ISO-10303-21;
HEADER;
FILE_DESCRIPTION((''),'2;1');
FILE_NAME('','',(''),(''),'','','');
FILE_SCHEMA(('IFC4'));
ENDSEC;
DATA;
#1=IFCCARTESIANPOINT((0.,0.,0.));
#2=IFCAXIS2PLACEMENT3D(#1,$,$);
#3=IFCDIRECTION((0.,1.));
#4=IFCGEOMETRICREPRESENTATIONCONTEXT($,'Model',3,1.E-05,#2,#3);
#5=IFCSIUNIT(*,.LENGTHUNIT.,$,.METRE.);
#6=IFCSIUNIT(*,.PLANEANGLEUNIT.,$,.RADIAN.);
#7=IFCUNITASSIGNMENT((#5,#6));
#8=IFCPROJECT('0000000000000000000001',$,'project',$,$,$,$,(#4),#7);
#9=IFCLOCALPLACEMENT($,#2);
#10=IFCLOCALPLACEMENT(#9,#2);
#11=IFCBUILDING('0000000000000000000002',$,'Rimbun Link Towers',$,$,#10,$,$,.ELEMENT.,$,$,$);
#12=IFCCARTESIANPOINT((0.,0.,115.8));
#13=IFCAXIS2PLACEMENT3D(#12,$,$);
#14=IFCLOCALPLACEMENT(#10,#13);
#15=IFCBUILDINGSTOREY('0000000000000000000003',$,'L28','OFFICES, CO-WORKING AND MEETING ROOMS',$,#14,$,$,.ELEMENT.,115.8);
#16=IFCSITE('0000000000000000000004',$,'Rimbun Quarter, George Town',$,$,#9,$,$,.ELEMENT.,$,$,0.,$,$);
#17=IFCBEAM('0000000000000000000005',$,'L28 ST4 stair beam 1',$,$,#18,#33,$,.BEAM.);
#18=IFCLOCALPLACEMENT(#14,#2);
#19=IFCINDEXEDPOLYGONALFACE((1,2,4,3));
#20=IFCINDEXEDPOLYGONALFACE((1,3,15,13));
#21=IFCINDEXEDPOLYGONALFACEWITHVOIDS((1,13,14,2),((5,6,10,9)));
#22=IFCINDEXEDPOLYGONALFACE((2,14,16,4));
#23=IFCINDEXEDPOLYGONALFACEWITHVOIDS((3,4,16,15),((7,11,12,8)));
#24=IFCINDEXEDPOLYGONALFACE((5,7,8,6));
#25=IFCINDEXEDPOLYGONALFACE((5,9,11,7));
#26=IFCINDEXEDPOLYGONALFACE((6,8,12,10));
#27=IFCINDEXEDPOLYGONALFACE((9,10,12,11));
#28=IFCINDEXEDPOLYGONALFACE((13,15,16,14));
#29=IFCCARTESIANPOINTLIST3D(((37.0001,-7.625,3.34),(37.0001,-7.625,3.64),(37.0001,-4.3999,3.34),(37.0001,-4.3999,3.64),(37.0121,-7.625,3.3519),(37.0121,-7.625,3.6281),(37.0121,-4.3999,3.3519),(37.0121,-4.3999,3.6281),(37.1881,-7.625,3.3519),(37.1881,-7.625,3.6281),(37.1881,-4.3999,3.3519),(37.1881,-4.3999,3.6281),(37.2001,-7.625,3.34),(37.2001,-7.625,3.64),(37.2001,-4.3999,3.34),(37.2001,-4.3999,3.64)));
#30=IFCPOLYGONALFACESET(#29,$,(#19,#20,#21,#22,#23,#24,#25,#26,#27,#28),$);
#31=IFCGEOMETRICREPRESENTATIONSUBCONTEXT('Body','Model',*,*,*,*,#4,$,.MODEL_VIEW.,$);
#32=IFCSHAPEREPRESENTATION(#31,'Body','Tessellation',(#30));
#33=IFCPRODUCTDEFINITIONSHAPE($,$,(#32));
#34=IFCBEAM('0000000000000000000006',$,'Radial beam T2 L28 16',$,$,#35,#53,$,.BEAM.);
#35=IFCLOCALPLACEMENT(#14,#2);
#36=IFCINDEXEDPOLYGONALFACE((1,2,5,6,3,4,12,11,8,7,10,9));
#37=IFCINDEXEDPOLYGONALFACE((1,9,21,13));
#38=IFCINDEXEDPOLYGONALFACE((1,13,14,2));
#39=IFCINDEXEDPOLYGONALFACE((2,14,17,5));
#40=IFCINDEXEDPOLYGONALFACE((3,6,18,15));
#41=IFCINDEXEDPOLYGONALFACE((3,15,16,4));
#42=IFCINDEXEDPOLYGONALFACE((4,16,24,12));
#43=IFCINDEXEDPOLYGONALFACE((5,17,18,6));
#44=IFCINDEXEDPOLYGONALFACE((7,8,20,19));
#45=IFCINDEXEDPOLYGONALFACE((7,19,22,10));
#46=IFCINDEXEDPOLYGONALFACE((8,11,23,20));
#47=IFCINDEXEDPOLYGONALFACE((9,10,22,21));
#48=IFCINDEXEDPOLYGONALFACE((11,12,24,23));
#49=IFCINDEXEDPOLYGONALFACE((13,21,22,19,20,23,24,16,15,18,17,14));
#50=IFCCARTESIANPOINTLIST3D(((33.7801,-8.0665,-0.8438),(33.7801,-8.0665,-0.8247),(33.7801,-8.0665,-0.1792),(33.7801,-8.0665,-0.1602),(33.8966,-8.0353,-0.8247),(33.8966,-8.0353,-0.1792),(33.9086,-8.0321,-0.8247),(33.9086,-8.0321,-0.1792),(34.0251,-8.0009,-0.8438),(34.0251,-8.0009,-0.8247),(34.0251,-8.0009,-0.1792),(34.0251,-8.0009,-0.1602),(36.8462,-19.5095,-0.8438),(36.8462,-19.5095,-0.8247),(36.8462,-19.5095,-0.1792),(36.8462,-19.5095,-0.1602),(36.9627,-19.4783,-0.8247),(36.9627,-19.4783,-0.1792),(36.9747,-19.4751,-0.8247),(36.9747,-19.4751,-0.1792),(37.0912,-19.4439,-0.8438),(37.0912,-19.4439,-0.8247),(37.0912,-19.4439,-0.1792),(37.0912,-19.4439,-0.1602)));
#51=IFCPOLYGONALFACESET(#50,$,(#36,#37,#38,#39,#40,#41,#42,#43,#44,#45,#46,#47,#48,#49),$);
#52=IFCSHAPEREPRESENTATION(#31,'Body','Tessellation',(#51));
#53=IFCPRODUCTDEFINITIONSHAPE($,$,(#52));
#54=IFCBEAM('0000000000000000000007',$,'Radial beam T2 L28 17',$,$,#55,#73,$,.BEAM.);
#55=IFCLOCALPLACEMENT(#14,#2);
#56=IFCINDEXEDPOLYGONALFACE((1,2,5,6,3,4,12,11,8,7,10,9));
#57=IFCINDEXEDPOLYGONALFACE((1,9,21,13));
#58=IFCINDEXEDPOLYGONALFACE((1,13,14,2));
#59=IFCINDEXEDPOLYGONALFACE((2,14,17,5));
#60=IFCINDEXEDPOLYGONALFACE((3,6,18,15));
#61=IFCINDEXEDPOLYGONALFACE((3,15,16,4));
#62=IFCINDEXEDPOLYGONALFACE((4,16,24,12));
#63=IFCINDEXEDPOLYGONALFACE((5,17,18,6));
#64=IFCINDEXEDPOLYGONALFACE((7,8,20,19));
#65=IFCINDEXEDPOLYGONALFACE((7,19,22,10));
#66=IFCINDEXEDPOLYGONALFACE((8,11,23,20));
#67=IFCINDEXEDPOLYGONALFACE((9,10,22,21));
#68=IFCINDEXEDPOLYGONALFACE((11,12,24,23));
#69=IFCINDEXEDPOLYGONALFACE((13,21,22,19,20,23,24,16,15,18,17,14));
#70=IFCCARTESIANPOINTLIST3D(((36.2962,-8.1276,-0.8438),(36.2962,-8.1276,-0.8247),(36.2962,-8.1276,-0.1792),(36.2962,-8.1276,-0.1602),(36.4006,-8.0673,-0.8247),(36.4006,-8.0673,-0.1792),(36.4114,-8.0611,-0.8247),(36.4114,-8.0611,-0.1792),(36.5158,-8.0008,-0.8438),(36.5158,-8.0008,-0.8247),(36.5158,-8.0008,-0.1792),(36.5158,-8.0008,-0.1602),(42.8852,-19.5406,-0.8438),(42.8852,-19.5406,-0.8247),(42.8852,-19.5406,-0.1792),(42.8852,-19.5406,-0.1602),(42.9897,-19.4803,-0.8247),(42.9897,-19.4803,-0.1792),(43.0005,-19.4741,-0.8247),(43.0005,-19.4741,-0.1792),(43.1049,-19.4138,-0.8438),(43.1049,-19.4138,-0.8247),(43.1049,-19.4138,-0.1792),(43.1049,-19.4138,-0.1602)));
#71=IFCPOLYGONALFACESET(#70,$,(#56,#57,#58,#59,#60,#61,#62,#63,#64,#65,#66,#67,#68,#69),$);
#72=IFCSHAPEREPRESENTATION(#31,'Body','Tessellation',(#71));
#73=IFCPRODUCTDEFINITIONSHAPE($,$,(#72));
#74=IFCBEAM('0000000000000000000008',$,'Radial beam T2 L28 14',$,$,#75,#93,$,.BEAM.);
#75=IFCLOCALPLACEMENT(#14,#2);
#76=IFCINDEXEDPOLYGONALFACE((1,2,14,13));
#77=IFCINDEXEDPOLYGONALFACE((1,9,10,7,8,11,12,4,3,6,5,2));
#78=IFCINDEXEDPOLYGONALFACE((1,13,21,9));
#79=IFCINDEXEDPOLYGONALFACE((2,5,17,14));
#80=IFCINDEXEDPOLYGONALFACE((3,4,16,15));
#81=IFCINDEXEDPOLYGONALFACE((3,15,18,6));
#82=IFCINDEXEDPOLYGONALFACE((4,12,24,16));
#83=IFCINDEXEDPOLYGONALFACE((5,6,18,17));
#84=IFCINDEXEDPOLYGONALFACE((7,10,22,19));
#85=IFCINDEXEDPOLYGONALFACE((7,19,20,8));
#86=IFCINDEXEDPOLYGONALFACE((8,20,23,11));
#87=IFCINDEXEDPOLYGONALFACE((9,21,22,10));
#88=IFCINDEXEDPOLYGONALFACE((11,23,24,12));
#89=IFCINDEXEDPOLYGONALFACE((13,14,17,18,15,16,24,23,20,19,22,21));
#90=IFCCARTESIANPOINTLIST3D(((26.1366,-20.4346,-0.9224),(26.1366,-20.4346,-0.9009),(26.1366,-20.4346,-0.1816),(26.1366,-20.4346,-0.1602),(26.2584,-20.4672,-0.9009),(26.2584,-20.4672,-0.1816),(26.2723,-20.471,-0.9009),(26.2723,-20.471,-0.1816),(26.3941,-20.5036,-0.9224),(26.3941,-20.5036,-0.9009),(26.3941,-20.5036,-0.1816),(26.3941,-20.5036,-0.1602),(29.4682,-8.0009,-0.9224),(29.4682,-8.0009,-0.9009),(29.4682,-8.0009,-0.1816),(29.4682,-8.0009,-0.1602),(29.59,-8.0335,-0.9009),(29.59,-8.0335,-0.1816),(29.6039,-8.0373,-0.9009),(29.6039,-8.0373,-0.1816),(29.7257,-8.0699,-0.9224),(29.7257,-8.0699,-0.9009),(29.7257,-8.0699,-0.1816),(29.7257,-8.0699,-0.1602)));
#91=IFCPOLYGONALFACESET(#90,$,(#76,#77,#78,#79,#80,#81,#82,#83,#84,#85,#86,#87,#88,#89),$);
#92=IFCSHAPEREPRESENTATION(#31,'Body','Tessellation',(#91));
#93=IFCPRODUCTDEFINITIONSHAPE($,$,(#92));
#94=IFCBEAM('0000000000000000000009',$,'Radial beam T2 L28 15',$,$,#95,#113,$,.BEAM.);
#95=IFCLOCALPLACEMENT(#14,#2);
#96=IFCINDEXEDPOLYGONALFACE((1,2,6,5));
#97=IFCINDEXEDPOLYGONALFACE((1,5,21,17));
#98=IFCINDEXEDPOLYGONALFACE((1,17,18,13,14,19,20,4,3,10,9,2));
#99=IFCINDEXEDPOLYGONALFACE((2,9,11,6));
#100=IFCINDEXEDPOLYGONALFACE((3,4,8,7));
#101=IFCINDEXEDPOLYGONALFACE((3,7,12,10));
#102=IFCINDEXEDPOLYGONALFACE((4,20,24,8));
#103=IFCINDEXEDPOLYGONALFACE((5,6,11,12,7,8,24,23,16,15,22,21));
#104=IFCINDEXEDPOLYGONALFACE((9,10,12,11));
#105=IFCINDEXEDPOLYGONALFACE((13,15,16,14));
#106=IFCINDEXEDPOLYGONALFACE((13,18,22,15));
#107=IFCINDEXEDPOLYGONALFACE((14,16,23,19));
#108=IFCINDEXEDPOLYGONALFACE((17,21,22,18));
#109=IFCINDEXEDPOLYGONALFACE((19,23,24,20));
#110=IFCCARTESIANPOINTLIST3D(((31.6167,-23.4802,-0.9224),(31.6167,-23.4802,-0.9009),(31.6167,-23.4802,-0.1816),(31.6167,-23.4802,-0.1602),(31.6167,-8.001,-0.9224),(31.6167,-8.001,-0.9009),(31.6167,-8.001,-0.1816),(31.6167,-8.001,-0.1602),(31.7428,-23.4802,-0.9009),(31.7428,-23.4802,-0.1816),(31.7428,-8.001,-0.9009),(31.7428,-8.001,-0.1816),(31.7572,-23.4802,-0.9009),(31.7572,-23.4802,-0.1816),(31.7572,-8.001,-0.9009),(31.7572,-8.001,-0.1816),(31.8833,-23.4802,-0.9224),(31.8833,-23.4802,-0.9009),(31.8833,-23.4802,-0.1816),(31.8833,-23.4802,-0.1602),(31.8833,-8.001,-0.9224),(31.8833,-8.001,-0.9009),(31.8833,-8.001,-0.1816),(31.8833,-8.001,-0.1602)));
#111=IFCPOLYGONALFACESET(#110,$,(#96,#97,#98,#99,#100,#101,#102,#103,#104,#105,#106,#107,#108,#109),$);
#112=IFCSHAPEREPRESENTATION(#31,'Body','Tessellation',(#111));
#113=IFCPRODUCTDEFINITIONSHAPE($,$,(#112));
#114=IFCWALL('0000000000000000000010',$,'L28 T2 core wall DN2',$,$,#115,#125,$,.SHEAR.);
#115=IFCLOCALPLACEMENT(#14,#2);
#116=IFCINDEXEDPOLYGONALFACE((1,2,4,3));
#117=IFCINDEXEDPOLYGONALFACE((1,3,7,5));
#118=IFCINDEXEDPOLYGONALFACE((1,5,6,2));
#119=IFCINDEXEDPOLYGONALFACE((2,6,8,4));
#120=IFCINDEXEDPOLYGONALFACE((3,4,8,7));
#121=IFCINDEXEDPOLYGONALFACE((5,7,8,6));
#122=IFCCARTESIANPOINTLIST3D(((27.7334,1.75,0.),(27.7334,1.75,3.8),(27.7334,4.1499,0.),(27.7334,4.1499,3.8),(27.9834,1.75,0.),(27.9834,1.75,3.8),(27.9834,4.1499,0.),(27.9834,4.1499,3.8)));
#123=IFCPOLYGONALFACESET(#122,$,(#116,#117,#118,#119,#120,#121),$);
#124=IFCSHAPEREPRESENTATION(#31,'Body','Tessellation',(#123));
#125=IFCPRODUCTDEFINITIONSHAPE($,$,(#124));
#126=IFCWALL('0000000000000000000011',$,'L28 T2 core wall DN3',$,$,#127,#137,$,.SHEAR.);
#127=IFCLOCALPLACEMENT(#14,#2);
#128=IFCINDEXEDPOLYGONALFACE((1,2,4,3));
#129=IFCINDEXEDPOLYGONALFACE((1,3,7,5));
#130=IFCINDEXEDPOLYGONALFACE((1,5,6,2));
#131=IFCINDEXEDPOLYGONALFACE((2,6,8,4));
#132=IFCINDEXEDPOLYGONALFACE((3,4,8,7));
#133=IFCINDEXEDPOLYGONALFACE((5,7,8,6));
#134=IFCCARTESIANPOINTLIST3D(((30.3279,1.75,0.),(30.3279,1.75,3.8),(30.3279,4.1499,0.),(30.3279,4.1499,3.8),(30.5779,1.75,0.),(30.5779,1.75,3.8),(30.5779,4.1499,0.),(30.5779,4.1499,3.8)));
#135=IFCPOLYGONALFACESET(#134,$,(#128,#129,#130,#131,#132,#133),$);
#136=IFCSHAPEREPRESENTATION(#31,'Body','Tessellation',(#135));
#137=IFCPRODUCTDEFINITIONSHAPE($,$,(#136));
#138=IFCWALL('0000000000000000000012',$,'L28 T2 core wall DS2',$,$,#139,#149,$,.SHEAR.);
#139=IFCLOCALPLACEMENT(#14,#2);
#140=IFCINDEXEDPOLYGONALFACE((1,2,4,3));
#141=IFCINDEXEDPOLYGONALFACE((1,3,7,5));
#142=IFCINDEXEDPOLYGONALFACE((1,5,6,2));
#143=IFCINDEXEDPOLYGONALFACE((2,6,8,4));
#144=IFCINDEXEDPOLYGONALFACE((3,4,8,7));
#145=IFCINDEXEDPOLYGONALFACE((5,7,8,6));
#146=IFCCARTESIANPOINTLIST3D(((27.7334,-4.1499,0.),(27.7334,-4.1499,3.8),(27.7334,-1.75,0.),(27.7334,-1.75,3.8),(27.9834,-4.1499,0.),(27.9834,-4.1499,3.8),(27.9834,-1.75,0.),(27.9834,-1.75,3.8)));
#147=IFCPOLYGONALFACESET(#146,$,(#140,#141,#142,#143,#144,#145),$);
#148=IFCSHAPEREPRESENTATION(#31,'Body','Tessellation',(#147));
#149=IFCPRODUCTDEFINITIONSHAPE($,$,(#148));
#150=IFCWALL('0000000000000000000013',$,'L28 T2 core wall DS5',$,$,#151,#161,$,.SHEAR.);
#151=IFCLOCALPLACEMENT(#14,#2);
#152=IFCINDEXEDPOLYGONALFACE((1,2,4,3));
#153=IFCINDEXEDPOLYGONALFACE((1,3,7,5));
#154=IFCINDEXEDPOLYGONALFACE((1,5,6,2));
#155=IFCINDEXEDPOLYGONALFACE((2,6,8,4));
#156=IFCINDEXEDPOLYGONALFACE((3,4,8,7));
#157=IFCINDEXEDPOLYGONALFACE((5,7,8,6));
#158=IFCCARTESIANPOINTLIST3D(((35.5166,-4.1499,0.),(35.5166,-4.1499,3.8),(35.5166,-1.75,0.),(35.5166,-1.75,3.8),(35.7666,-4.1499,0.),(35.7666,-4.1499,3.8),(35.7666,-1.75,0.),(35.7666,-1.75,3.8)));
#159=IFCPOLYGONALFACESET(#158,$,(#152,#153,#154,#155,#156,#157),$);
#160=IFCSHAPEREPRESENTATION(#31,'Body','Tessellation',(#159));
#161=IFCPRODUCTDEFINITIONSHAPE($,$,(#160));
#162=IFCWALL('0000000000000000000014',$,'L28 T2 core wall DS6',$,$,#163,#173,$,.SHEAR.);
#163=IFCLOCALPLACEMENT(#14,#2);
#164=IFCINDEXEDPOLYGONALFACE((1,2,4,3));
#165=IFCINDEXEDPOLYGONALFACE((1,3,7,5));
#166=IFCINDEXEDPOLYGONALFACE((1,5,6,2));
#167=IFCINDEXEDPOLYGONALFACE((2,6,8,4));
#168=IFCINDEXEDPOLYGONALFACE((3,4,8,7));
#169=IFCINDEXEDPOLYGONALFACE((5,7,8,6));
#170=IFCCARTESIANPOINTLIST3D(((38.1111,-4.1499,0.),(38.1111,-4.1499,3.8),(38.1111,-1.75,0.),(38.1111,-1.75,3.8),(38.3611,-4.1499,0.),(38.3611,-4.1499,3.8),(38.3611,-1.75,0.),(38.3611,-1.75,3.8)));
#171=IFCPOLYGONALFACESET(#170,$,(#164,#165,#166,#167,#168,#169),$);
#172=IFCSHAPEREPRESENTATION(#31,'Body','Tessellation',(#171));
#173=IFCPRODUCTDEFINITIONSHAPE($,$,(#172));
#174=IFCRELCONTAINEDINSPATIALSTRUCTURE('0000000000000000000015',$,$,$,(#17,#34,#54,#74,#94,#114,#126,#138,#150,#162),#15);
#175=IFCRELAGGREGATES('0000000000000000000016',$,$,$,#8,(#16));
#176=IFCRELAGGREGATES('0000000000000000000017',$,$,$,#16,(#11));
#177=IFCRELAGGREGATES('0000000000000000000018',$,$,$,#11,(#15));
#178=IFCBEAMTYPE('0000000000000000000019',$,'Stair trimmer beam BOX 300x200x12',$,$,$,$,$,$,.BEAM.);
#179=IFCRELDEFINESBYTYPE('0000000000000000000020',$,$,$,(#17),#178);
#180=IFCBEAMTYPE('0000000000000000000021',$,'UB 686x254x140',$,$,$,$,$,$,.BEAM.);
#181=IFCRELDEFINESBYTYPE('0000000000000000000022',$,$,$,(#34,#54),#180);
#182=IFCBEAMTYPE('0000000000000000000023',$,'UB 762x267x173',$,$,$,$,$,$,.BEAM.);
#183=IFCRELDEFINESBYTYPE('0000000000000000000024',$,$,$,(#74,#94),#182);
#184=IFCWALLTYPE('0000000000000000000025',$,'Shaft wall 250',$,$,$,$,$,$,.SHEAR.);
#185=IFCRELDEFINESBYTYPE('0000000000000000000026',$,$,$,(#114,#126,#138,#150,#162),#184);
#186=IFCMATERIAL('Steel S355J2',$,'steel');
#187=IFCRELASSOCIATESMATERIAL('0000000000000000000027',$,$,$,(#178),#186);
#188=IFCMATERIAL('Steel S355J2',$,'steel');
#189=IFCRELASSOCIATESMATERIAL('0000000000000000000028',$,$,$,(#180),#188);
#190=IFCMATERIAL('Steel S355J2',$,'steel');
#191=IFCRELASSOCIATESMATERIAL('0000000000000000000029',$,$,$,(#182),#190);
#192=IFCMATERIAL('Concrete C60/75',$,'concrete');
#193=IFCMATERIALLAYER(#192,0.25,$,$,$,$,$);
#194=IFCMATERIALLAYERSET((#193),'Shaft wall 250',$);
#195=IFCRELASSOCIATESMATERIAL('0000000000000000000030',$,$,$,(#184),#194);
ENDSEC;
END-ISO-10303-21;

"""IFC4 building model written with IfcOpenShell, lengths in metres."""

from ifc_helpers import new_model, si_unit, direction, frame, frame_2d, origin, origin_2d, place, context, subcontext, project, spatial, rectangle, hollow_rectangle, i_section, extrude, material, layer, layer_set, material_profile, profile_set, type_object, element, save


model = new_model("IFC4")

# Units and contexts
model_context = context("Model", 3, precision=1e-05, world=origin(), true_north=direction((0.0, 1.0)))
body_context = subcontext(model_context, "Body", "Model", "MODEL_VIEW")
ifc_project = project(units=[si_unit("LENGTHUNIT", "METRE"), si_unit("PLANEANGLEUNIT", "RADIAN")], contexts=[model_context])

# Site, building, storey
site_placement = place(None, origin())
site = spatial("IfcSite", under=ifc_project, at=site_placement, Name="Rimbun Quarter, George Town", CompositionType="ELEMENT", RefElevation=0.0)
building_placement = place(site_placement, origin())
building = spatial("IfcBuilding", under=site, at=building_placement, Name="Rimbun Link Towers", CompositionType="ELEMENT")
storey_placement = place(building_placement, frame((0.0, 0.0, 115.8)))
storey = spatial("IfcBuildingStorey", under=building, at=storey_placement, Name="L28", Description="OFFICES, CO-WORKING AND MEETING ROOMS", CompositionType="ELEMENT", Elevation=115.8)

# Beams
ifc_material_1 = material(Name="Steel S355J2", Category="steel")
ifc_material_profile_1 = material_profile(ifc_material_1, hollow_rectangle(XDim=0.2, YDim=0.3, WallThickness=0.012, at=origin_2d()), Name="BOX 300x200x12")
ifc_profile_set_1 = profile_set([ifc_material_profile_1], Name="Steel S355J2")
beam_type_1 = type_object("IfcBeamType", Name="Stair trimmer beam BOX 300x200x12", PredefinedType="BEAM", material=ifc_profile_set_1)
beam_1_placement = place(storey_placement, frame((37.1001, -7.625, 3.49), z_axis=(0.0, 1.0, 0.0), x_axis=(-1.0, 0.0, 0.0)))
element("IfcBeam", 1, at=beam_1_placement, inside=storey, type_object=beam_type_1, Name="L28 ST4 stair beam 1", PredefinedType="BEAM", context=body_context, shape_type="SweptSolid", body=[
    extrude(hollow_rectangle(XDim=0.2, YDim=0.3, WallThickness=0.012, at=origin_2d()), origin(), (0.0, 0.0, 1.0), 3.2251),
])
ifc_material_2 = material(Name="Steel S355J2", Category="steel")
ifc_material_profile_2 = material_profile(ifc_material_2, i_section(OverallWidth=0.2537, OverallDepth=0.6836, WebThickness=0.0125, FlangeThickness=0.019, at=origin_2d()), Name="UB 686x254x140")
ifc_profile_set_2 = profile_set([ifc_material_profile_2], Name="Steel S355J2")
beam_type_2 = type_object("IfcBeamType", Name="UB 686x254x140", PredefinedType="BEAM", material=ifc_profile_set_2)
beam_2_placement = place(storey_placement, frame((33.9026, -8.0337, -0.502), z_axis=(0.258818, -0.965926, 0.0), x_axis=(0.965926, 0.258818, 0.0)))
element("IfcBeam", 2, at=beam_2_placement, inside=storey, type_object=beam_type_2, Name="Radial beam T2 L28 16", PredefinedType="BEAM", context=body_context, shape_type="SweptSolid", body=[
    extrude(i_section(OverallWidth=0.2537, OverallDepth=0.6836, WebThickness=0.0125, FlangeThickness=0.019, at=origin_2d()), origin(), (0.0, 0.0, 1.0), 11.8467),
])
beam_3_placement = place(storey_placement, frame((36.406, -8.0642, -0.502), z_axis=(0.499987, -0.866033, 0.0), x_axis=(0.866033, 0.499987, 0.0)))
element("IfcBeam", 3, at=beam_3_placement, inside=storey, type_object=beam_type_2, Name="Radial beam T2 L28 17", PredefinedType="BEAM", context=body_context, shape_type="SweptSolid", body=[
    extrude(i_section(OverallWidth=0.2537, OverallDepth=0.6836, WebThickness=0.0125, FlangeThickness=0.019, at=origin_2d()), origin(), (0.0, 0.0, 1.0), 13.1785),
])
ifc_material_3 = material(Name="Steel S355J2", Category="steel")
ifc_material_profile_3 = material_profile(ifc_material_3, i_section(OverallWidth=0.2666, OverallDepth=0.7622, WebThickness=0.0144, FlangeThickness=0.0215, at=origin_2d()), Name="UB 762x267x173")
ifc_profile_set_3 = profile_set([ifc_material_profile_3], Name="Steel S355J2")
beam_type_3 = type_object("IfcBeamType", Name="UB 762x267x173", PredefinedType="BEAM", material=ifc_profile_set_3)
beam_4_placement = place(storey_placement, frame((29.5969, -8.0354, -0.5413), z_axis=(-0.258817, -0.965926, 0.0), x_axis=(0.965926, -0.258817, 0.0)))
element("IfcBeam", 4, at=beam_4_placement, inside=storey, type_object=beam_type_3, Name="Radial beam T2 L28 14", PredefinedType="BEAM", context=body_context, shape_type="SweptSolid", body=[
    extrude(i_section(OverallWidth=0.2666, OverallDepth=0.7622, WebThickness=0.0144, FlangeThickness=0.0215, at=origin_2d()), origin(), (0.0, 0.0, 1.0), 12.8723),
])
beam_5_placement = place(storey_placement, frame((31.75, -8.001, -0.5413), z_axis=(0.0, -1.0, 0.0), x_axis=(1.0, 0.0, 0.0)))
element("IfcBeam", 5, at=beam_5_placement, inside=storey, type_object=beam_type_3, Name="Radial beam T2 L28 15", PredefinedType="BEAM", context=body_context, shape_type="SweptSolid", body=[
    extrude(i_section(OverallWidth=0.2666, OverallDepth=0.7622, WebThickness=0.0144, FlangeThickness=0.0215, at=origin_2d()), origin(), (0.0, 0.0, 1.0), 15.4792),
])

# Walls
ifc_material_4 = material(Name="Concrete C60/75", Category="concrete")
ifc_layer = layer(ifc_material_4, 0.25)
ifc_layer_set = layer_set([ifc_layer], Name="Shaft wall 250")
wall_type = type_object("IfcWallType", Name="Shaft wall 250", PredefinedType="SHEAR", material=ifc_layer_set)
for number, where, z_axis, x_axis, name in (
    (6, (27.8584, 1.75, 0.0), (0.0, 0.0, 1.0), (0.0, 1.0, 0.0), "L28 T2 core wall DN2"),
    (7, (30.4529, 1.75, 0.0), (0.0, 0.0, 1.0), (0.0, 1.0, 0.0), "L28 T2 core wall DN3"),
    (8, (27.8584, -4.1499, 0.0), (0.0, 0.0, 1.0), (0.0, 1.0, 0.0), "L28 T2 core wall DS2"),
    (9, (35.6416, -4.1499, 0.0), (0.0, 0.0, 1.0), (0.0, 1.0, 0.0), "L28 T2 core wall DS5"),
    (10, (38.2361, -4.1499, 0.0), (0.0, 0.0, 1.0), (0.0, 1.0, 0.0), "L28 T2 core wall DS6"),
):
    element("IfcWall", number, at=place(storey_placement, frame(where, z_axis=z_axis, x_axis=x_axis)), inside=storey, type_object=wall_type, Name=name, PredefinedType="SHEAR", context=body_context, shape_type="SweptSolid", body=[
        extrude(rectangle(XDim=2.3999, YDim=0.25, at=frame_2d((1.2, 0.0))), origin(), (0.0, 0.0, 1.0), 3.8),
    ])

save(model, "model.ifc")
